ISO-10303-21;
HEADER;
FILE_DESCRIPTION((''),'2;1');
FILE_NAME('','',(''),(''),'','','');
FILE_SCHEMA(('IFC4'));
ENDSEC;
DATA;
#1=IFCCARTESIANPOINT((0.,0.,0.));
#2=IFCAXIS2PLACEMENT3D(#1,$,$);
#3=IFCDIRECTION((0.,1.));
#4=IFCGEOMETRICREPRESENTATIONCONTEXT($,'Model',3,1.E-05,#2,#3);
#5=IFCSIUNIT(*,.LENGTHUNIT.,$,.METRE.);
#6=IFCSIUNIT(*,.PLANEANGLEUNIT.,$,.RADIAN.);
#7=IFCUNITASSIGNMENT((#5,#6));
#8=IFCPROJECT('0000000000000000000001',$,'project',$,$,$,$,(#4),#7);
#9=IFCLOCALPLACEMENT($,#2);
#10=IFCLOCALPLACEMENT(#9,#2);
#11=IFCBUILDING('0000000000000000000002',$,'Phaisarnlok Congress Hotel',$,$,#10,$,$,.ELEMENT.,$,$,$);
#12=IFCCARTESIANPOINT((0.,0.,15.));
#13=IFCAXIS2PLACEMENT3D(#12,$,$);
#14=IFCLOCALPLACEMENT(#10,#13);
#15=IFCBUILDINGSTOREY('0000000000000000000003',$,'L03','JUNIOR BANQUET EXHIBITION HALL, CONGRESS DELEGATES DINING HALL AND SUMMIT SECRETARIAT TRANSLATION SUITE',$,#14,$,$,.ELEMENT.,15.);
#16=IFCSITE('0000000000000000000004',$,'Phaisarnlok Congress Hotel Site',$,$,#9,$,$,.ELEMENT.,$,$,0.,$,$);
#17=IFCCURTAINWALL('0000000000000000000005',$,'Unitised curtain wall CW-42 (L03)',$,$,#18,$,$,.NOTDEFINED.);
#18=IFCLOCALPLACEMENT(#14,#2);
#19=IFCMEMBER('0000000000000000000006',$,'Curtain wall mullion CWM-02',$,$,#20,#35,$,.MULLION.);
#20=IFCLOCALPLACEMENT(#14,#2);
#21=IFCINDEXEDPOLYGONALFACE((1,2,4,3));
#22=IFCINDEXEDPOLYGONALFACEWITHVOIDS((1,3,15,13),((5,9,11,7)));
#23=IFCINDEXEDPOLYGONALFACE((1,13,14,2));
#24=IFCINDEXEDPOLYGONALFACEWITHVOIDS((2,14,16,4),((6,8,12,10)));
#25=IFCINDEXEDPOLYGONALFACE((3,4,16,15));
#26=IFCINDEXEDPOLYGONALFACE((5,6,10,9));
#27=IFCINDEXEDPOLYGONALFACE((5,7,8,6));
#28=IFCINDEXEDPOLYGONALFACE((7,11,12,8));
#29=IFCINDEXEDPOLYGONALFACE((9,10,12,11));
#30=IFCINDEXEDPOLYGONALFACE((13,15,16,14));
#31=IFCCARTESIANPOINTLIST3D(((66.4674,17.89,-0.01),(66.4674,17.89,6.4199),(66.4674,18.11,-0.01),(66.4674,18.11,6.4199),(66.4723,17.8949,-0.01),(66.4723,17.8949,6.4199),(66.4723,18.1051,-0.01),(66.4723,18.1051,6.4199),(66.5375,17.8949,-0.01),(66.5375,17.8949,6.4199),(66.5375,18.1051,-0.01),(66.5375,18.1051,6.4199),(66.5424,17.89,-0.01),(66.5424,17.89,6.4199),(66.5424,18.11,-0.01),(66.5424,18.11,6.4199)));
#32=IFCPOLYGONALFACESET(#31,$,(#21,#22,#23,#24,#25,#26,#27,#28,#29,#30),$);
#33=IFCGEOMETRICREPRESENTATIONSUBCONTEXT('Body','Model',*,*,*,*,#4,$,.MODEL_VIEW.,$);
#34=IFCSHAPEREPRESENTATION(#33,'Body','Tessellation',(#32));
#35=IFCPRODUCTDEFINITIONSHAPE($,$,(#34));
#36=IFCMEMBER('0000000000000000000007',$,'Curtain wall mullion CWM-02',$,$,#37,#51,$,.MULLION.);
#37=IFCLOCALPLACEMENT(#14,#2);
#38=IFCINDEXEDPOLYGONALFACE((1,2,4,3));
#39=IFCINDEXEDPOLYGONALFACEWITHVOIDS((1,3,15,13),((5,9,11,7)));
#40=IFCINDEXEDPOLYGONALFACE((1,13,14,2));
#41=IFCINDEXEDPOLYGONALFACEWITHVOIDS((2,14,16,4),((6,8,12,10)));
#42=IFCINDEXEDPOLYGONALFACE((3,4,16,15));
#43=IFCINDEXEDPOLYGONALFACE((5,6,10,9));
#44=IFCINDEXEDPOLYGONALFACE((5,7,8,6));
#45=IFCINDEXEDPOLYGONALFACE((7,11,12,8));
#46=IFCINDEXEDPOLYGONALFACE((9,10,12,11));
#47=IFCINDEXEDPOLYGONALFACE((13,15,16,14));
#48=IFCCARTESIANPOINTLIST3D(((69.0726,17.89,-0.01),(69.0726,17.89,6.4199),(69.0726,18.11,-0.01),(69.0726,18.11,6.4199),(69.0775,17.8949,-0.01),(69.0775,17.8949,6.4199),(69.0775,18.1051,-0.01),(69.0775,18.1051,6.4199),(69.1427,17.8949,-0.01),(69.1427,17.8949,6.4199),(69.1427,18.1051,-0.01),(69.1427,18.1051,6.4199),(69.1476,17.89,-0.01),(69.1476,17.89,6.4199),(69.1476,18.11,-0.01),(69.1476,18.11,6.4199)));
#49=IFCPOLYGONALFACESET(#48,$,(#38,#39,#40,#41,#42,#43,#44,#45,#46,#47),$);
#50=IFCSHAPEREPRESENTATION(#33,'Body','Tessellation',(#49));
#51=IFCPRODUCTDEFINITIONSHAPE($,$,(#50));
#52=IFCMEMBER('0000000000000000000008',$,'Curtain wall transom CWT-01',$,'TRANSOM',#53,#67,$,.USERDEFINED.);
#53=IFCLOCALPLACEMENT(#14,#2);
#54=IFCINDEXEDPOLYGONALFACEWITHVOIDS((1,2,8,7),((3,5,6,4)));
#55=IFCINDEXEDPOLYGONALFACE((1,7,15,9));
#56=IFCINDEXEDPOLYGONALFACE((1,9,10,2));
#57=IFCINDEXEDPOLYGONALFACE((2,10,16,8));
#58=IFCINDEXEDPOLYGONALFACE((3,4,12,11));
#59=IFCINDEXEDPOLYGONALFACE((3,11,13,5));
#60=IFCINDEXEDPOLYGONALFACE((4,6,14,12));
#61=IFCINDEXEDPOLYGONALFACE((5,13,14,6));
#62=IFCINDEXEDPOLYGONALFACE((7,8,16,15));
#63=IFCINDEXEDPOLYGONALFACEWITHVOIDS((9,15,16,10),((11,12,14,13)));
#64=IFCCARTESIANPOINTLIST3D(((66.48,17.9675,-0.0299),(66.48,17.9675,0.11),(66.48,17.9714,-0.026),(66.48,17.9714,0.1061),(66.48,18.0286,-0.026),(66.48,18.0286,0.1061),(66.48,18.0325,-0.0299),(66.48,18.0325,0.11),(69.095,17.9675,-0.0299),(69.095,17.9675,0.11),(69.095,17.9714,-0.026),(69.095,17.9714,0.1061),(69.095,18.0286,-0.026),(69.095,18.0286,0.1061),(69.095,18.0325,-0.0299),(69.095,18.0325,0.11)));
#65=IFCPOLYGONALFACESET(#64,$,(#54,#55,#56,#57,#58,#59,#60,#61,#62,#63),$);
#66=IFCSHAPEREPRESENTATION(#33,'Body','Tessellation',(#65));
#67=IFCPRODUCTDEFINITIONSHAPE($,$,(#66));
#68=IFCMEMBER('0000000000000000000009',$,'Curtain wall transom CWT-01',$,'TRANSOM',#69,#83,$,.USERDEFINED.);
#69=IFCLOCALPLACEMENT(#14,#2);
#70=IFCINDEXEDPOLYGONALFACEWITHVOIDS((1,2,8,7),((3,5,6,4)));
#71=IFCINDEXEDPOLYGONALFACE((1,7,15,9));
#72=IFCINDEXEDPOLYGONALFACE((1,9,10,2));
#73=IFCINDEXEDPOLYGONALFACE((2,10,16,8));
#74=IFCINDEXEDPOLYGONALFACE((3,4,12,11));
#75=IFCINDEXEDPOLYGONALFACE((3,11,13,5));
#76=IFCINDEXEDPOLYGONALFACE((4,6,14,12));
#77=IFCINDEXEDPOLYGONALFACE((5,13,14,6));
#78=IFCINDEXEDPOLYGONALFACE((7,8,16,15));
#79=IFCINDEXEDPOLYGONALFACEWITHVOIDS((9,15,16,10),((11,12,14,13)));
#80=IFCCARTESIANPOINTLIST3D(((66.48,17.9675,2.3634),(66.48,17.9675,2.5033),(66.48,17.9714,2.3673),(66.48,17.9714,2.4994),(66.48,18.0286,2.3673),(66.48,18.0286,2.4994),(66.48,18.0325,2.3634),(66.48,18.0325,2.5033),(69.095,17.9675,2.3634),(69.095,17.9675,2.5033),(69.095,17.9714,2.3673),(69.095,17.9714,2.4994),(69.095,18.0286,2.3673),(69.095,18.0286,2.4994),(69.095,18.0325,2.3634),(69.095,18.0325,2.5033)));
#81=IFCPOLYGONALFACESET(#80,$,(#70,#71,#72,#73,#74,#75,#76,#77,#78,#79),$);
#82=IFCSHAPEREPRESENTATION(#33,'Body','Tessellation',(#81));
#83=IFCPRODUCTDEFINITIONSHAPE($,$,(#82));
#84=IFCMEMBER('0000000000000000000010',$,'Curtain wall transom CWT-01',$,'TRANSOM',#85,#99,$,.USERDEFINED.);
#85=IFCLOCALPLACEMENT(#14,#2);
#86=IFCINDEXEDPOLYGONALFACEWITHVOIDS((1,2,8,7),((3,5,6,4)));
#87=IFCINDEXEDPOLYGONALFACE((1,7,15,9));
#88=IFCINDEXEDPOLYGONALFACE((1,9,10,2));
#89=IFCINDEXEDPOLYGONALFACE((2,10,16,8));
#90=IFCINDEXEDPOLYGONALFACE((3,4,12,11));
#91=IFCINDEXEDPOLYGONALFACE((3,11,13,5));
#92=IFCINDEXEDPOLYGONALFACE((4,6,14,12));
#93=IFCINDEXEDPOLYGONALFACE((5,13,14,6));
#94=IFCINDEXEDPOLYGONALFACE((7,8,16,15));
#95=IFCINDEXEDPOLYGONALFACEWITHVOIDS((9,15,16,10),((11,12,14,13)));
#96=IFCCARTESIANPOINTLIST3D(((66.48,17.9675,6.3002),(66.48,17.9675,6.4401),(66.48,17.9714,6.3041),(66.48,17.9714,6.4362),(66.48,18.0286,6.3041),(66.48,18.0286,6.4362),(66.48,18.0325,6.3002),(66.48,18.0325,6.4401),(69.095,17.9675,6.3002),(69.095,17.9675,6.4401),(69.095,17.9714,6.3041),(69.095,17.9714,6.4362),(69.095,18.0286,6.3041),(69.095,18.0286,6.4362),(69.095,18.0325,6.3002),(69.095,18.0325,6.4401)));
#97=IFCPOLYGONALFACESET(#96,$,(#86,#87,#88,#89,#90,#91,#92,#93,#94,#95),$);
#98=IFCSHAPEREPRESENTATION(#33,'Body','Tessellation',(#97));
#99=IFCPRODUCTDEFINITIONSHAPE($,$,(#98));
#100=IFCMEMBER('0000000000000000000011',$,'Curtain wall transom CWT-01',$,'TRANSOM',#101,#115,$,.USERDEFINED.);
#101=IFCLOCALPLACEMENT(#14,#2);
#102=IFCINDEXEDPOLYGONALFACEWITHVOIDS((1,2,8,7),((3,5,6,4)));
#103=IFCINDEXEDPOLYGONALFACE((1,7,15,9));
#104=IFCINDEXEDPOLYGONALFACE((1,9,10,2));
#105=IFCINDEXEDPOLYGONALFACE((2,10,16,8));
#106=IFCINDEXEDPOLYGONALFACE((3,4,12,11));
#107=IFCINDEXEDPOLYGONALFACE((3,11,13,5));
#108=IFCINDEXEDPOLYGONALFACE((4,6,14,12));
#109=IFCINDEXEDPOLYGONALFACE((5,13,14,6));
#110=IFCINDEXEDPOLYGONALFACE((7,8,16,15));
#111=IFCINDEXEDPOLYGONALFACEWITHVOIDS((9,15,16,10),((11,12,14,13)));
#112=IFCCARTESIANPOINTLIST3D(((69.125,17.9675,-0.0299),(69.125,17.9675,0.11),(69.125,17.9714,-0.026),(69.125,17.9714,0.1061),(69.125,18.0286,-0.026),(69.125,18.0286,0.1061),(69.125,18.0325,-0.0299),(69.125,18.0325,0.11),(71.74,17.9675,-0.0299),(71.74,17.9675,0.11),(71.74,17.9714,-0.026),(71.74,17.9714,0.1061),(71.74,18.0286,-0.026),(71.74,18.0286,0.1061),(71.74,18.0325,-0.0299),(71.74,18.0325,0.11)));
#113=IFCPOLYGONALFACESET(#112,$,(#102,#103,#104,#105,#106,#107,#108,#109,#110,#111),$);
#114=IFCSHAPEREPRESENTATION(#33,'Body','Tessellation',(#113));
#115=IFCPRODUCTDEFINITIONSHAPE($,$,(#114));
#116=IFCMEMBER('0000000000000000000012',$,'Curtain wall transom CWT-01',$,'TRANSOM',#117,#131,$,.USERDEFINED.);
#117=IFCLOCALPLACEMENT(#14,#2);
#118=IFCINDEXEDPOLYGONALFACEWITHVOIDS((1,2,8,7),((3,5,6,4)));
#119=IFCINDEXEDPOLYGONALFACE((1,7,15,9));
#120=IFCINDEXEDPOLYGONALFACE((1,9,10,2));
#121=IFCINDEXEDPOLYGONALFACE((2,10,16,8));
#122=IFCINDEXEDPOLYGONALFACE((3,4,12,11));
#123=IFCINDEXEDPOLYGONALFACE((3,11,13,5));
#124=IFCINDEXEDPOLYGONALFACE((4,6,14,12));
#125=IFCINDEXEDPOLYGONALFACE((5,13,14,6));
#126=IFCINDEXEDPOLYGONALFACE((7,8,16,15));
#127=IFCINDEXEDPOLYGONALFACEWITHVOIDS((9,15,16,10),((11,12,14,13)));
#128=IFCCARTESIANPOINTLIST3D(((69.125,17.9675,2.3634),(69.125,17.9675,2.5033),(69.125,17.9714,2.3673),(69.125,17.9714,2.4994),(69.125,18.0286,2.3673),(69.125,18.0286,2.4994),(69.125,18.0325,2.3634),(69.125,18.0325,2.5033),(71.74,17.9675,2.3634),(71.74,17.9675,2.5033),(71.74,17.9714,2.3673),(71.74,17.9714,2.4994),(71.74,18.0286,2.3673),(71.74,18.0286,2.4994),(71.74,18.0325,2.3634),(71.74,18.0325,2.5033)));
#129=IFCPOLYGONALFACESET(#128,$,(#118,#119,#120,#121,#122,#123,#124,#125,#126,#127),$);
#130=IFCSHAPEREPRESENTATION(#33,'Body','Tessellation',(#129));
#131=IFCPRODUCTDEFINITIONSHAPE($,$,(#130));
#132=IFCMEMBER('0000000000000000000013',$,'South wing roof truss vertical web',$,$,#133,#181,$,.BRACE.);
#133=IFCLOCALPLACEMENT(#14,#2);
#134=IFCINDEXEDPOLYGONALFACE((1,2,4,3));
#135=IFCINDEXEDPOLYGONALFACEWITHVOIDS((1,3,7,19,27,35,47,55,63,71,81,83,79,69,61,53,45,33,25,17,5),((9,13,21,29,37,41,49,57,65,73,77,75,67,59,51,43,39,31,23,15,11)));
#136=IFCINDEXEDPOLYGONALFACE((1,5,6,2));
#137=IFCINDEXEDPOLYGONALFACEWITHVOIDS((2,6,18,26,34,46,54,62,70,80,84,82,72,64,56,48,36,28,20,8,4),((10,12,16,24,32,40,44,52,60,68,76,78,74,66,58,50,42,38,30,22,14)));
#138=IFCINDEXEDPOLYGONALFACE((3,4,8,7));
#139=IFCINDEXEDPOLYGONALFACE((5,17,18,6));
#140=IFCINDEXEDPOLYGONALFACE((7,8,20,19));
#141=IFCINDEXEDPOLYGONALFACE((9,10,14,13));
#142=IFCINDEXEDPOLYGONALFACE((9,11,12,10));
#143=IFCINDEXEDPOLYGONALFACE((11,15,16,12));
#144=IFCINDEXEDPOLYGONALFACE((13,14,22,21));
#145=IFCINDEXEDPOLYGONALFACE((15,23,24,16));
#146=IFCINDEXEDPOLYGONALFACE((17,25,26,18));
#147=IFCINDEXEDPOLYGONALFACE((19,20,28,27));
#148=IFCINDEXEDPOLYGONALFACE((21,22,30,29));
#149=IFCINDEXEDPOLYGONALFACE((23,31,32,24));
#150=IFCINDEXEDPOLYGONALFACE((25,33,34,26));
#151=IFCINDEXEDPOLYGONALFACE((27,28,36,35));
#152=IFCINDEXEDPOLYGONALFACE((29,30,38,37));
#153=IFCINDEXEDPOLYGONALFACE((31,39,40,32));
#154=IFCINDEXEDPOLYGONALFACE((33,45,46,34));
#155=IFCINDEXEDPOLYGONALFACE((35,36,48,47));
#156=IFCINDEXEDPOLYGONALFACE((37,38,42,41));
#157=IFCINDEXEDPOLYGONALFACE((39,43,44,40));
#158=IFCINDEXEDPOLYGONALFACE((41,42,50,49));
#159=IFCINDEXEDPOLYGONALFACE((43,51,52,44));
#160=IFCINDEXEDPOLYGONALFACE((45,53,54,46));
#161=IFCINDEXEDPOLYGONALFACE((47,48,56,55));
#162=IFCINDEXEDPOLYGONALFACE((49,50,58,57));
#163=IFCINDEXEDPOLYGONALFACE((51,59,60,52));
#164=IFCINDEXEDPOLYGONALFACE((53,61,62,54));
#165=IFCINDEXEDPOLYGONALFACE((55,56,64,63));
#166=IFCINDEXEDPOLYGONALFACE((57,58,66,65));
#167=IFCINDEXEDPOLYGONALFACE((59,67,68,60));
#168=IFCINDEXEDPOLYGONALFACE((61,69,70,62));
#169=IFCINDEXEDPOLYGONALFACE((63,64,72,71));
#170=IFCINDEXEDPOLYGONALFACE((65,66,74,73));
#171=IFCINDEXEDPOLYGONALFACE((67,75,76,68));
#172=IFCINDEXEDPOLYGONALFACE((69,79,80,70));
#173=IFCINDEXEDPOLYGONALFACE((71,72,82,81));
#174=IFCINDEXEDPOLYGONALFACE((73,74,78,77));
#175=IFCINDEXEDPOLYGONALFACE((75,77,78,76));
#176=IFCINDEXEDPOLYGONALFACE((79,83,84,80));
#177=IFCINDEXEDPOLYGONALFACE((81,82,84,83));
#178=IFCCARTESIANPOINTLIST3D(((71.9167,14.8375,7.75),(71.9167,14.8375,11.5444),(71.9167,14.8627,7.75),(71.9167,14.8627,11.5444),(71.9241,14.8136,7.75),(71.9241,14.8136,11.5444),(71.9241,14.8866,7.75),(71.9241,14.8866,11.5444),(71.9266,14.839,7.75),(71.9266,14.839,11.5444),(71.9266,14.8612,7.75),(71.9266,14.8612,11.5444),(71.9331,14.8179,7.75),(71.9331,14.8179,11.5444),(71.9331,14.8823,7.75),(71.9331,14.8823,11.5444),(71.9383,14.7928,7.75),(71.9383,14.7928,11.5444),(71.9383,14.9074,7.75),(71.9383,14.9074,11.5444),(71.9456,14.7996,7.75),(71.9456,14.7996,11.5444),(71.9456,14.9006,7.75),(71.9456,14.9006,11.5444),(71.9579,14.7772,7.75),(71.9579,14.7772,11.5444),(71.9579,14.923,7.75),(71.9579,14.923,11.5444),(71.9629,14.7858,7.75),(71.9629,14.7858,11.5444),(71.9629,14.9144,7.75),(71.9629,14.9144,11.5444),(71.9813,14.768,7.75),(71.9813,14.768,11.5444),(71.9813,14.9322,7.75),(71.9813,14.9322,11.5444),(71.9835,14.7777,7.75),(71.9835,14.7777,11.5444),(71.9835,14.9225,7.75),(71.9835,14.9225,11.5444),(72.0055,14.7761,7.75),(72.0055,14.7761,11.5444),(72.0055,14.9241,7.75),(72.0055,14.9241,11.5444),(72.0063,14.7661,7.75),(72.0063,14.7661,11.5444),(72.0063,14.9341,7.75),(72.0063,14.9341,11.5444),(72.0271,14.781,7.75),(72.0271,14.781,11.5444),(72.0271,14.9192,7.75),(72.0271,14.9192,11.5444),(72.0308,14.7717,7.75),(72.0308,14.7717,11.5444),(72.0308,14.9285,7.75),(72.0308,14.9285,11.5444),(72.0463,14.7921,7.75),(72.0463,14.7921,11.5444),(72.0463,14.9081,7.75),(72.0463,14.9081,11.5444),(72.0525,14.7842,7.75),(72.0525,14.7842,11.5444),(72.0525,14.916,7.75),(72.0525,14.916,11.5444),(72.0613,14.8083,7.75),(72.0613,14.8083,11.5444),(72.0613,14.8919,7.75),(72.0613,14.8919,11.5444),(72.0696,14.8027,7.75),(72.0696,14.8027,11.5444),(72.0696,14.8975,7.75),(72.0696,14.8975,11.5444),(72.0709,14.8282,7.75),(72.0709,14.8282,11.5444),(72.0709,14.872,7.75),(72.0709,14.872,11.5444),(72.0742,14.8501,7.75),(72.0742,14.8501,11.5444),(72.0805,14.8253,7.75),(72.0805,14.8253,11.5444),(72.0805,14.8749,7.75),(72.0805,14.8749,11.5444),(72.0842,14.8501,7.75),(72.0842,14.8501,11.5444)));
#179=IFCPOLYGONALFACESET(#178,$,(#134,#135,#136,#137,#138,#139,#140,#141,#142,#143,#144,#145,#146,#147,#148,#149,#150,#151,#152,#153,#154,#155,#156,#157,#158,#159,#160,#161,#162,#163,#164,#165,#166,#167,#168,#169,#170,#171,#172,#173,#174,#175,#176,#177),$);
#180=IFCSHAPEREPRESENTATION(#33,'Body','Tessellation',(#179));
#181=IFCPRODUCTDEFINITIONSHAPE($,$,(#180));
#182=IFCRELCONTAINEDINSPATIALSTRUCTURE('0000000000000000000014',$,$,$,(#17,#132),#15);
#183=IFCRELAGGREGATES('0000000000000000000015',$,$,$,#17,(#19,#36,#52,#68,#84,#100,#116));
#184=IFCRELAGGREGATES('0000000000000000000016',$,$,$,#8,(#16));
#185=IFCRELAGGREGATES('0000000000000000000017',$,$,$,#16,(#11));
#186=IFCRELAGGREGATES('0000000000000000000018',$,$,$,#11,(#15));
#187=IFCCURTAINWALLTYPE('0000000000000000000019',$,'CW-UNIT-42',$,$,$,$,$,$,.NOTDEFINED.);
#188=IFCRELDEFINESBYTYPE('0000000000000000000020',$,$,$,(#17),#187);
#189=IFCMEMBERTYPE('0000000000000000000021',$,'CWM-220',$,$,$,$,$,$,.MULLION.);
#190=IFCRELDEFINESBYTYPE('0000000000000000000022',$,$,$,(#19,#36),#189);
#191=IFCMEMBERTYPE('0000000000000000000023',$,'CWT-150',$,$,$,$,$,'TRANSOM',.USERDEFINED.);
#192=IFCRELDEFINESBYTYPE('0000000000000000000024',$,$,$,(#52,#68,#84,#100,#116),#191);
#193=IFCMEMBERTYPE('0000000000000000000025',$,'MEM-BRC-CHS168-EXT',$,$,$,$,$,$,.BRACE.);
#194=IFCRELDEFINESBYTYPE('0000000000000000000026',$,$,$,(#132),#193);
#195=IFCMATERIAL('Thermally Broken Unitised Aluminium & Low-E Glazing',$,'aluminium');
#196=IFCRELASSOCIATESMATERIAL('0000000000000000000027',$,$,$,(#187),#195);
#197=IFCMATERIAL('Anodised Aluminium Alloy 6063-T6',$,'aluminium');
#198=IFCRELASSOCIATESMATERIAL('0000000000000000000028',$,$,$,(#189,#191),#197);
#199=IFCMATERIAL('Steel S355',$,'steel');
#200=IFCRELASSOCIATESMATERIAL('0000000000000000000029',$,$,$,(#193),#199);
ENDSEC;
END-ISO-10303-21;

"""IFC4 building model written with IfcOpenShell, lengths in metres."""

from ifc_helpers import new_model, si_unit, direction, frame, origin, origin_2d, place, context, subcontext, project, spatial, hollow_rectangle, hollow_circle, extrude, material, material_profile, profile_set, type_object, element, aggregate, save


model = new_model("IFC4")

# Units and contexts
model_context = context("Model", 3, precision=1e-05, world=origin(), true_north=direction((0.0, 1.0)))
body_context = subcontext(model_context, "Body", "Model", "MODEL_VIEW")
ifc_project = project(units=[si_unit("LENGTHUNIT", "METRE"), si_unit("PLANEANGLEUNIT", "RADIAN")], contexts=[model_context])

# Site, building, storey
site_placement = place(None, origin())
site = spatial("IfcSite", under=ifc_project, at=site_placement, Name="Phaisarnlok Congress Hotel Site", CompositionType="ELEMENT", RefElevation=0.0)
building_placement = place(site_placement, origin())
building = spatial("IfcBuilding", under=site, at=building_placement, Name="Phaisarnlok Congress Hotel", CompositionType="ELEMENT")
storey_placement = place(building_placement, frame((0.0, 0.0, 15.0)))
storey = spatial("IfcBuildingStorey", under=building, at=storey_placement, Name="L03", Description="JUNIOR BANQUET EXHIBITION HALL, CONGRESS DELEGATES DINING HALL AND SUMMIT SECRETARIAT TRANSLATION SUITE", CompositionType="ELEMENT", Elevation=15.0)

# Curtain wall, members
ifc_material_1 = material(Name="Thermally Broken Unitised Aluminium & Low-E Glazing", Category="aluminium")
curtain_wall_type = type_object("IfcCurtainWallType", Name="CW-UNIT-42", PredefinedType="NOTDEFINED", material=ifc_material_1)
curtain_wall_placement = place(storey_placement, origin())
curtain_wall = element("IfcCurtainWall", 1, at=curtain_wall_placement, inside=storey, type_object=curtain_wall_type, Name="Unitised curtain wall CW-42 (L03)", PredefinedType="NOTDEFINED")
ifc_material_2 = material(Name="Anodised Aluminium Alloy 6063-T6", Category="aluminium")
ifc_material_profile_1 = material_profile(ifc_material_2, hollow_rectangle(XDim=0.075, YDim=0.22, WallThickness=0.0049, at=origin_2d()), Name="ALU-M 75x220x5")
ifc_profile_set_1 = profile_set([ifc_material_profile_1], Name="Anodised Aluminium Alloy 6063-T6")
member_type_1 = type_object("IfcMemberType", Name="CWM-220", PredefinedType="MULLION", material=ifc_profile_set_1)
member_1_placement = place(storey_placement, frame((66.5049, 18.0, -0.01), z_axis=(0.0, 0.0, 1.0), x_axis=(1.0, 0.0, 0.0)))
member_1 = element("IfcMember", 2, at=member_1_placement, type_object=member_type_1, Name="Curtain wall mullion CWM-02", PredefinedType="MULLION", context=body_context, shape_type="SweptSolid", body=[
    extrude(hollow_rectangle(XDim=0.075, YDim=0.22, WallThickness=0.0049, at=origin_2d()), origin(), (0.0, 0.0, 1.0), 6.4299),
])
member_2_placement = place(storey_placement, frame((69.1101, 18.0, -0.01), z_axis=(0.0, 0.0, 1.0), x_axis=(1.0, 0.0, 0.0)))
member_2 = element("IfcMember", 3, at=member_2_placement, type_object=member_type_1, Name="Curtain wall mullion CWM-02", PredefinedType="MULLION", context=body_context, shape_type="SweptSolid", body=[
    extrude(hollow_rectangle(XDim=0.075, YDim=0.22, WallThickness=0.0049, at=origin_2d()), origin(), (0.0, 0.0, 1.0), 6.4299),
])
ifc_material_profile_2 = material_profile(ifc_material_2, hollow_rectangle(XDim=0.0649, YDim=0.1399, WallThickness=0.0039, at=origin_2d()), Name="ALU-T 65x140x4")
ifc_profile_set_2 = profile_set([ifc_material_profile_2], Name="Anodised Aluminium Alloy 6063-T6")
member_type_2 = type_object("IfcMemberType", Name="CWT-150", ElementType="TRANSOM", PredefinedType="USERDEFINED", material=ifc_profile_set_2)
member_3_placement = place(storey_placement, frame((66.48, 18.0, 0.04), z_axis=(1.0, 0.0, 0.0), x_axis=(0.0, 1.0, 0.0)))
member_3 = element("IfcMember", 4, at=member_3_placement, type_object=member_type_2, Name="Curtain wall transom CWT-01", ObjectType="TRANSOM", PredefinedType="USERDEFINED", context=body_context, shape_type="SweptSolid", body=[
    extrude(hollow_rectangle(XDim=0.0649, YDim=0.1399, WallThickness=0.0039, at=origin_2d()), origin(), (0.0, 0.0, 1.0), 2.615),
])
member_4_placement = place(storey_placement, frame((66.48, 18.0, 2.4333), z_axis=(1.0, 0.0, 0.0), x_axis=(0.0, 1.0, 0.0)))
member_4 = element("IfcMember", 5, at=member_4_placement, type_object=member_type_2, Name="Curtain wall transom CWT-01", ObjectType="TRANSOM", PredefinedType="USERDEFINED", context=body_context, shape_type="SweptSolid", body=[
    extrude(hollow_rectangle(XDim=0.0649, YDim=0.1399, WallThickness=0.0039, at=origin_2d()), origin(), (0.0, 0.0, 1.0), 2.615),
])
member_5_placement = place(storey_placement, frame((66.48, 18.0, 6.3701), z_axis=(1.0, 0.0, 0.0), x_axis=(0.0, 1.0, 0.0)))
member_5 = element("IfcMember", 6, at=member_5_placement, type_object=member_type_2, Name="Curtain wall transom CWT-01", ObjectType="TRANSOM", PredefinedType="USERDEFINED", context=body_context, shape_type="SweptSolid", body=[
    extrude(hollow_rectangle(XDim=0.0649, YDim=0.1399, WallThickness=0.0039, at=origin_2d()), origin(), (0.0, 0.0, 1.0), 2.615),
])
member_6_placement = place(storey_placement, frame((69.125, 18.0, 0.04), z_axis=(1.0, 0.0, 0.0), x_axis=(0.0, 1.0, 0.0)))
member_6 = element("IfcMember", 7, at=member_6_placement, type_object=member_type_2, Name="Curtain wall transom CWT-01", ObjectType="TRANSOM", PredefinedType="USERDEFINED", context=body_context, shape_type="SweptSolid", body=[
    extrude(hollow_rectangle(XDim=0.0649, YDim=0.1399, WallThickness=0.0039, at=origin_2d()), origin(), (0.0, 0.0, 1.0), 2.615),
])
member_7_placement = place(storey_placement, frame((69.125, 18.0, 2.4333), z_axis=(1.0, 0.0, 0.0), x_axis=(0.0, 1.0, 0.0)))
member_7 = element("IfcMember", 8, at=member_7_placement, type_object=member_type_2, Name="Curtain wall transom CWT-01", ObjectType="TRANSOM", PredefinedType="USERDEFINED", context=body_context, shape_type="SweptSolid", body=[
    extrude(hollow_rectangle(XDim=0.0649, YDim=0.1399, WallThickness=0.0039, at=origin_2d()), origin(), (0.0, 0.0, 1.0), 2.615),
])

# Member
ifc_material_3 = material(Name="Steel S355", Category="steel")
ifc_material_profile_3 = material_profile(ifc_material_3, hollow_circle(Radius=0.0842, WallThickness=0.01, at=origin_2d()), Name="CHS 168.3x10")
ifc_profile_set_3 = profile_set([ifc_material_profile_3], Name="Steel S355")
member_type_3 = type_object("IfcMemberType", Name="MEM-BRC-CHS168-EXT", PredefinedType="BRACE", material=ifc_profile_set_3)
member_8_placement = place(storey_placement, frame((72.0, 14.8501, 7.75), z_axis=(0.0, 0.0, 1.0), x_axis=(1.0, 0.0, 0.0)))
element("IfcMember", 9, at=member_8_placement, inside=storey, type_object=member_type_3, Name="South wing roof truss vertical web", PredefinedType="BRACE", context=body_context, shape_type="SweptSolid", body=[
    extrude(hollow_circle(Radius=0.0842, WallThickness=0.01, at=origin_2d()), origin(), (0.0, 0.0, 1.0), 3.7944),
])

aggregate(curtain_wall, [member_1, member_2, member_3, member_4, member_5, member_6, member_7])

save(model, "model.ifc")
